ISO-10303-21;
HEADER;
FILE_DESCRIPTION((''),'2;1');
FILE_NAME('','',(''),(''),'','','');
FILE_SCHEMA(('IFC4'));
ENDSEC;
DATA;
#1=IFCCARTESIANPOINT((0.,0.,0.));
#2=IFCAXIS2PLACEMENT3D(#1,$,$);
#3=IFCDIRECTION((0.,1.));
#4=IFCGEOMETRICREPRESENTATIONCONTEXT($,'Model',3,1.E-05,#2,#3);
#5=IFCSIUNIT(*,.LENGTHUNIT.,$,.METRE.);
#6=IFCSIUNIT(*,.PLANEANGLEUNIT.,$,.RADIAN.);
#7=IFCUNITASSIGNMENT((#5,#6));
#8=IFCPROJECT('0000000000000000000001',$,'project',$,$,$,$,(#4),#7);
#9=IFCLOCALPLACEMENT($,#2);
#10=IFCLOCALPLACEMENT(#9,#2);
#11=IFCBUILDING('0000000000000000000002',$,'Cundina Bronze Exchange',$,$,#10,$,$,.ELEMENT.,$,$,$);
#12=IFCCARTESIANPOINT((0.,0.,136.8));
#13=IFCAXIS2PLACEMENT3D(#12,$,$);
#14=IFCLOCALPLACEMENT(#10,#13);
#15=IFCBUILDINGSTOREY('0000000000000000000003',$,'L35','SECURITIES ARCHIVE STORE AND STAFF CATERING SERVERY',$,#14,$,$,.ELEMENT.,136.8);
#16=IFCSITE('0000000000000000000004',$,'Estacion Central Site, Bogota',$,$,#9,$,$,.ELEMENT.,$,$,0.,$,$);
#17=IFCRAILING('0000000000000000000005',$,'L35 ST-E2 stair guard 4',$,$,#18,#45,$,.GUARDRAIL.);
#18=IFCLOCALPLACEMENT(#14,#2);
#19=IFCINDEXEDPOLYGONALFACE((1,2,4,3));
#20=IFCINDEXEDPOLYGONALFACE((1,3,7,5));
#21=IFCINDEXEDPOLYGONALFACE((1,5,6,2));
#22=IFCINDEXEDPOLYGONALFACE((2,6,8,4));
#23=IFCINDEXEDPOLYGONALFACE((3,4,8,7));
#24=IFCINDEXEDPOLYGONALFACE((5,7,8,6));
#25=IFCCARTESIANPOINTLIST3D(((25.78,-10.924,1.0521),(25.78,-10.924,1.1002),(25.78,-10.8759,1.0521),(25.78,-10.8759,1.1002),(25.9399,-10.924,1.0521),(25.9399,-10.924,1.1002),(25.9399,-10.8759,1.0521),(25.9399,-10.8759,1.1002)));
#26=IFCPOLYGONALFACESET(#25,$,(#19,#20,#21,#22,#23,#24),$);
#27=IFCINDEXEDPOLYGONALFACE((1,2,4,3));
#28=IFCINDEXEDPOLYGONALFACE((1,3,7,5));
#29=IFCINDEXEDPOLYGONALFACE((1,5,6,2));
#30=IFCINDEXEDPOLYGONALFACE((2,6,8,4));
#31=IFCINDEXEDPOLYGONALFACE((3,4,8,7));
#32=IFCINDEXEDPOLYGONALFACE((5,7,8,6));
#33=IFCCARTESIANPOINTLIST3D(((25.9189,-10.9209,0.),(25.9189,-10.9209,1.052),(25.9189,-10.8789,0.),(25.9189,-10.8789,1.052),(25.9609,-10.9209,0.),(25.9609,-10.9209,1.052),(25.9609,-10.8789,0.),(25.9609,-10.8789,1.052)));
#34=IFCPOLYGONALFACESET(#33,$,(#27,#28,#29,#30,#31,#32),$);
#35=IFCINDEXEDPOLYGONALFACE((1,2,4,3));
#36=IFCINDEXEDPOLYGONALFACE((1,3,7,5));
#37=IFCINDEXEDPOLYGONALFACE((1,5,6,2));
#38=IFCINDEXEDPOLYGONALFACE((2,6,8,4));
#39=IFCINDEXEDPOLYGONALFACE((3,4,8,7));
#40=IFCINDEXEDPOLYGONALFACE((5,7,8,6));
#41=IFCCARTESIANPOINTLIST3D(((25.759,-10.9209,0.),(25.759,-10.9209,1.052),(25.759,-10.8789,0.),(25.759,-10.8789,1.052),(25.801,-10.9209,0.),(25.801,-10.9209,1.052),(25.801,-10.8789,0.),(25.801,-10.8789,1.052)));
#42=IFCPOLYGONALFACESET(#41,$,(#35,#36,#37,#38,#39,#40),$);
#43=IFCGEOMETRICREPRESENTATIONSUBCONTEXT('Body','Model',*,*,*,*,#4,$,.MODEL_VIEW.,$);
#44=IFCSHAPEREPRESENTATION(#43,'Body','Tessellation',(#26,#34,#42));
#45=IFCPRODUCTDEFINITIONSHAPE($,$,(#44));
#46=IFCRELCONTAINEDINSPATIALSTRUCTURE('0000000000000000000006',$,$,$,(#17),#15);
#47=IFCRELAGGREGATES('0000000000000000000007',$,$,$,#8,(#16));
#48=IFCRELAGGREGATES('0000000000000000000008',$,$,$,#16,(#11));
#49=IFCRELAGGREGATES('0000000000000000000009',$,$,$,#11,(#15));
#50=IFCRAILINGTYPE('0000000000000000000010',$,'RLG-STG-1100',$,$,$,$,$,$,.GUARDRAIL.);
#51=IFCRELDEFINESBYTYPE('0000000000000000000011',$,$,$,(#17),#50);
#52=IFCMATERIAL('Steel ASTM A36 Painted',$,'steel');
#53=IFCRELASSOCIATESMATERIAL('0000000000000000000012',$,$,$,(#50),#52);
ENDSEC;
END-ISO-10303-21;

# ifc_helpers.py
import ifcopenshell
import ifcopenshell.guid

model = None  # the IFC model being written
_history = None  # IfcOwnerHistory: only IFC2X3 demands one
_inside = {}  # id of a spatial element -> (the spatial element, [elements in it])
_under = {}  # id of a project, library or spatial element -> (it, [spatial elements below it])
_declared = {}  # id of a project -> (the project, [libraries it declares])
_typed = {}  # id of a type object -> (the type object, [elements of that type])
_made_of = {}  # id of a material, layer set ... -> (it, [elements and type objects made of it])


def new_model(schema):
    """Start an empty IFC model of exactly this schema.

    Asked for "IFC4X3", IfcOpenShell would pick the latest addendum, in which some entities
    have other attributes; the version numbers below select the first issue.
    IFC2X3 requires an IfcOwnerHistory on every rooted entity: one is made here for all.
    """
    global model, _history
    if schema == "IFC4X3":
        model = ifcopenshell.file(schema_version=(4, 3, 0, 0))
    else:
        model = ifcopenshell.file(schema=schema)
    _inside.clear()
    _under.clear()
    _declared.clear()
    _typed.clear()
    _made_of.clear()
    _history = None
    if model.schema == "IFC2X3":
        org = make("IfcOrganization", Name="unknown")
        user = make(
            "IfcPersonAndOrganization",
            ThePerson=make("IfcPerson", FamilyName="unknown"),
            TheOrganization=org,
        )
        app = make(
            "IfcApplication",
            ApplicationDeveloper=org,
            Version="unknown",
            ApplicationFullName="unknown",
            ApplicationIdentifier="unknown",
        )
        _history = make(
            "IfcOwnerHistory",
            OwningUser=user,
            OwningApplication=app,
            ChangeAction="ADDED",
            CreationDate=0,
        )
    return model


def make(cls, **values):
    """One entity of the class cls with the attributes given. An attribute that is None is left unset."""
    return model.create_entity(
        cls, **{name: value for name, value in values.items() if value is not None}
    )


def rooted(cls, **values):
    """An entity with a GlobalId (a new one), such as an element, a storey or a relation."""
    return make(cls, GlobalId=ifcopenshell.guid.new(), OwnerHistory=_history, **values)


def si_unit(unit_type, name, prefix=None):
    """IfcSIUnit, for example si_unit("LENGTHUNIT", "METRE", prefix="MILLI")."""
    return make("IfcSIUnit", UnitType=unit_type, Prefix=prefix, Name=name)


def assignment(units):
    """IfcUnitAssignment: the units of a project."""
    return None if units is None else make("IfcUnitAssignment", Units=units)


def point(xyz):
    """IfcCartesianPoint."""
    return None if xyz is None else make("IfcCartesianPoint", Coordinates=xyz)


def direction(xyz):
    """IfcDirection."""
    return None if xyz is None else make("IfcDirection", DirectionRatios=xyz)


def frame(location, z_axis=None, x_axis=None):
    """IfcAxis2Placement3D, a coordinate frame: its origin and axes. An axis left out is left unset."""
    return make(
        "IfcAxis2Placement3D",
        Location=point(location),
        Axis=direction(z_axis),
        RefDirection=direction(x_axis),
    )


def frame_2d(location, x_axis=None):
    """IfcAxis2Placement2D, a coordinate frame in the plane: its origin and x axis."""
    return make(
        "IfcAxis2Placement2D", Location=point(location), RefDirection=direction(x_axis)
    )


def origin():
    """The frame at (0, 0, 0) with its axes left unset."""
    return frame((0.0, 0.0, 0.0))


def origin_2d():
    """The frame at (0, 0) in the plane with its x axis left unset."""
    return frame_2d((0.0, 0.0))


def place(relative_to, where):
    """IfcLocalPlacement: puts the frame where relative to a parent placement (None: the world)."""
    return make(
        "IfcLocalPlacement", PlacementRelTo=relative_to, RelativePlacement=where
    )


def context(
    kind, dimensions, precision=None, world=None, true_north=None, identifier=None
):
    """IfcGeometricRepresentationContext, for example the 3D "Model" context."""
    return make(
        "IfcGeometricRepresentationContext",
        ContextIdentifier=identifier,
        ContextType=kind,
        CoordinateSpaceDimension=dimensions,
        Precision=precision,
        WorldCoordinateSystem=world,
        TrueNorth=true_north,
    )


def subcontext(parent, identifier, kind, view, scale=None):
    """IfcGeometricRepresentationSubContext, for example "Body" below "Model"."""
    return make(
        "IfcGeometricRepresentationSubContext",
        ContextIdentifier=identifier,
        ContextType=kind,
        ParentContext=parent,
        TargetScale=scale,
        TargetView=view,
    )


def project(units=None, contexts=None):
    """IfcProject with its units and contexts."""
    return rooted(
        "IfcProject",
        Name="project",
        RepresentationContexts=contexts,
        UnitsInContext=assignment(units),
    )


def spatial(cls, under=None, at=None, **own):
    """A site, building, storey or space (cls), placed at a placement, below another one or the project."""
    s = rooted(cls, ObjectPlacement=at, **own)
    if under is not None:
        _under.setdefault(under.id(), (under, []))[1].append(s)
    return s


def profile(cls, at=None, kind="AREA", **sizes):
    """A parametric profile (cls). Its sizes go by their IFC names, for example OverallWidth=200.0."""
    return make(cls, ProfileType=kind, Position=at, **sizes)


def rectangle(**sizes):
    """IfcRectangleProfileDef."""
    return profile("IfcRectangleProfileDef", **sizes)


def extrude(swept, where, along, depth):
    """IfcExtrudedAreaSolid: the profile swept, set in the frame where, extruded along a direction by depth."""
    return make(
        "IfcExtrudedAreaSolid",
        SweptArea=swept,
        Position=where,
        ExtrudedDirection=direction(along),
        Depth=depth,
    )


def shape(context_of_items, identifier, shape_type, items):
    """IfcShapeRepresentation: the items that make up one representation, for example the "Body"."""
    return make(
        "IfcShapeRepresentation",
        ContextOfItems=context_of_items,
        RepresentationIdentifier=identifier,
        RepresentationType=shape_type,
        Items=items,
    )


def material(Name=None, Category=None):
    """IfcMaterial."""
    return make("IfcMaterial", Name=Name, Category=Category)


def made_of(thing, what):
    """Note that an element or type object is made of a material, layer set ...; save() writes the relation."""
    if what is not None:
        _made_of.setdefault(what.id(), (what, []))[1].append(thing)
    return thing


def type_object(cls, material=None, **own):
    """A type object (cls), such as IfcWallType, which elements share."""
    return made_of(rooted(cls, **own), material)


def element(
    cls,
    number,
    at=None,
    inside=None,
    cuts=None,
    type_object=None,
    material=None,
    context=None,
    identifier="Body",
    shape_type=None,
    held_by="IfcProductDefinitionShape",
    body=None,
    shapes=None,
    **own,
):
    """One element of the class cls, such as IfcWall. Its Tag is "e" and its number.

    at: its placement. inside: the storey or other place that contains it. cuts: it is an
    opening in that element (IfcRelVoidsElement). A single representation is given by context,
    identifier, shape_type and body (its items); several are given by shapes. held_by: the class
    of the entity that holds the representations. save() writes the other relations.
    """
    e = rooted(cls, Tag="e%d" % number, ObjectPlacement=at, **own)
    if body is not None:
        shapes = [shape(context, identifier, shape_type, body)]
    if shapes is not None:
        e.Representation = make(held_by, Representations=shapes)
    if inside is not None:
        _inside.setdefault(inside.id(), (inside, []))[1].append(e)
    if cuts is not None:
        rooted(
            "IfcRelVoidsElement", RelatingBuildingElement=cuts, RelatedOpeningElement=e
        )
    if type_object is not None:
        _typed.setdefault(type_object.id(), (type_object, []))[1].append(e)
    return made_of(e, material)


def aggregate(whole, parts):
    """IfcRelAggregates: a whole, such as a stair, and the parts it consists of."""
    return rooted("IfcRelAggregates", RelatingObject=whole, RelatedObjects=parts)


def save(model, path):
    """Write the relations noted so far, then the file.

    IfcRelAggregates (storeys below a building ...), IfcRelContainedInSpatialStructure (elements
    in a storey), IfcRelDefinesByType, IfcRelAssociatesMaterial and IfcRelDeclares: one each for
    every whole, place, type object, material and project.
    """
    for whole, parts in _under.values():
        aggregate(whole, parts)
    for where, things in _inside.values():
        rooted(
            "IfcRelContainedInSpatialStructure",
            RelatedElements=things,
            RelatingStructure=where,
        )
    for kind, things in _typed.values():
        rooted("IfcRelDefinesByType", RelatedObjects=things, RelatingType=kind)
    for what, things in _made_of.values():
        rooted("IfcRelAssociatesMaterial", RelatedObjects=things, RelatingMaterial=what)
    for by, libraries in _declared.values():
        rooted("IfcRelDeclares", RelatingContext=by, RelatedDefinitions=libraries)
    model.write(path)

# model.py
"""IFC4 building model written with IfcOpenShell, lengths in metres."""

from ifc_helpers import new_model, si_unit, direction, frame, origin, origin_2d, place, context, subcontext, project, spatial, rectangle, extrude, material, type_object, element, save


model = new_model("IFC4")

# Units and contexts
model_context = context("Model", 3, precision=1e-05, world=origin(), true_north=direction((0.0, 1.0)))
body_context = subcontext(model_context, "Body", "Model", "MODEL_VIEW")
ifc_project = project(units=[si_unit("LENGTHUNIT", "METRE"), si_unit("PLANEANGLEUNIT", "RADIAN")], contexts=[model_context])

# Site, building, storey
site_placement = place(None, origin())
site = spatial("IfcSite", under=ifc_project, at=site_placement, Name="Estacion Central Site, Bogota", CompositionType="ELEMENT", RefElevation=0.0)
building_placement = place(site_placement, origin())
building = spatial("IfcBuilding", under=site, at=building_placement, Name="Cundina Bronze Exchange", CompositionType="ELEMENT")
storey_placement = place(building_placement, frame((0.0, 0.0, 136.8)))
storey = spatial("IfcBuildingStorey", under=building, at=storey_placement, Name="L35", Description="SECURITIES ARCHIVE STORE AND STAFF CATERING SERVERY", CompositionType="ELEMENT", Elevation=136.8)

# Shared definitions
ifc_material_1 = material(Name="Steel ASTM A36 Painted", Category="steel")

# Railing
railing_type_1 = type_object("IfcRailingType", Name="RLG-STG-1100", PredefinedType="GUARDRAIL", material=ifc_material_1)
railing_1_placement = place(storey_placement, frame((25.9399, -10.8999, 0.0)))
element("IfcRailing", 1, at=railing_1_placement, inside=storey, type_object=railing_type_1, Name="L35 ST-E2 stair guard 4", PredefinedType="GUARDRAIL", context=body_context, shape_type="SweptSolid", body=[
    extrude(rectangle(XDim=0.0481, YDim=0.0481, at=origin_2d()), frame((0.0, 0.0, 1.0762), z_axis=(-1.0, 0.0, 0.0), x_axis=(0.0, -1.0, 0.0)), (0.0, 0.0, 1.0), 0.1599),
    extrude(rectangle(XDim=0.042, YDim=0.042, at=origin_2d()), origin(), (0.0, 0.0, 1.0), 1.052),
    extrude(rectangle(XDim=0.042, YDim=0.042, at=origin_2d()), frame((-0.1599, 0.0, 0.0)), (0.0, 0.0, 1.0), 1.052),
])

save(model, "model.ifc")
